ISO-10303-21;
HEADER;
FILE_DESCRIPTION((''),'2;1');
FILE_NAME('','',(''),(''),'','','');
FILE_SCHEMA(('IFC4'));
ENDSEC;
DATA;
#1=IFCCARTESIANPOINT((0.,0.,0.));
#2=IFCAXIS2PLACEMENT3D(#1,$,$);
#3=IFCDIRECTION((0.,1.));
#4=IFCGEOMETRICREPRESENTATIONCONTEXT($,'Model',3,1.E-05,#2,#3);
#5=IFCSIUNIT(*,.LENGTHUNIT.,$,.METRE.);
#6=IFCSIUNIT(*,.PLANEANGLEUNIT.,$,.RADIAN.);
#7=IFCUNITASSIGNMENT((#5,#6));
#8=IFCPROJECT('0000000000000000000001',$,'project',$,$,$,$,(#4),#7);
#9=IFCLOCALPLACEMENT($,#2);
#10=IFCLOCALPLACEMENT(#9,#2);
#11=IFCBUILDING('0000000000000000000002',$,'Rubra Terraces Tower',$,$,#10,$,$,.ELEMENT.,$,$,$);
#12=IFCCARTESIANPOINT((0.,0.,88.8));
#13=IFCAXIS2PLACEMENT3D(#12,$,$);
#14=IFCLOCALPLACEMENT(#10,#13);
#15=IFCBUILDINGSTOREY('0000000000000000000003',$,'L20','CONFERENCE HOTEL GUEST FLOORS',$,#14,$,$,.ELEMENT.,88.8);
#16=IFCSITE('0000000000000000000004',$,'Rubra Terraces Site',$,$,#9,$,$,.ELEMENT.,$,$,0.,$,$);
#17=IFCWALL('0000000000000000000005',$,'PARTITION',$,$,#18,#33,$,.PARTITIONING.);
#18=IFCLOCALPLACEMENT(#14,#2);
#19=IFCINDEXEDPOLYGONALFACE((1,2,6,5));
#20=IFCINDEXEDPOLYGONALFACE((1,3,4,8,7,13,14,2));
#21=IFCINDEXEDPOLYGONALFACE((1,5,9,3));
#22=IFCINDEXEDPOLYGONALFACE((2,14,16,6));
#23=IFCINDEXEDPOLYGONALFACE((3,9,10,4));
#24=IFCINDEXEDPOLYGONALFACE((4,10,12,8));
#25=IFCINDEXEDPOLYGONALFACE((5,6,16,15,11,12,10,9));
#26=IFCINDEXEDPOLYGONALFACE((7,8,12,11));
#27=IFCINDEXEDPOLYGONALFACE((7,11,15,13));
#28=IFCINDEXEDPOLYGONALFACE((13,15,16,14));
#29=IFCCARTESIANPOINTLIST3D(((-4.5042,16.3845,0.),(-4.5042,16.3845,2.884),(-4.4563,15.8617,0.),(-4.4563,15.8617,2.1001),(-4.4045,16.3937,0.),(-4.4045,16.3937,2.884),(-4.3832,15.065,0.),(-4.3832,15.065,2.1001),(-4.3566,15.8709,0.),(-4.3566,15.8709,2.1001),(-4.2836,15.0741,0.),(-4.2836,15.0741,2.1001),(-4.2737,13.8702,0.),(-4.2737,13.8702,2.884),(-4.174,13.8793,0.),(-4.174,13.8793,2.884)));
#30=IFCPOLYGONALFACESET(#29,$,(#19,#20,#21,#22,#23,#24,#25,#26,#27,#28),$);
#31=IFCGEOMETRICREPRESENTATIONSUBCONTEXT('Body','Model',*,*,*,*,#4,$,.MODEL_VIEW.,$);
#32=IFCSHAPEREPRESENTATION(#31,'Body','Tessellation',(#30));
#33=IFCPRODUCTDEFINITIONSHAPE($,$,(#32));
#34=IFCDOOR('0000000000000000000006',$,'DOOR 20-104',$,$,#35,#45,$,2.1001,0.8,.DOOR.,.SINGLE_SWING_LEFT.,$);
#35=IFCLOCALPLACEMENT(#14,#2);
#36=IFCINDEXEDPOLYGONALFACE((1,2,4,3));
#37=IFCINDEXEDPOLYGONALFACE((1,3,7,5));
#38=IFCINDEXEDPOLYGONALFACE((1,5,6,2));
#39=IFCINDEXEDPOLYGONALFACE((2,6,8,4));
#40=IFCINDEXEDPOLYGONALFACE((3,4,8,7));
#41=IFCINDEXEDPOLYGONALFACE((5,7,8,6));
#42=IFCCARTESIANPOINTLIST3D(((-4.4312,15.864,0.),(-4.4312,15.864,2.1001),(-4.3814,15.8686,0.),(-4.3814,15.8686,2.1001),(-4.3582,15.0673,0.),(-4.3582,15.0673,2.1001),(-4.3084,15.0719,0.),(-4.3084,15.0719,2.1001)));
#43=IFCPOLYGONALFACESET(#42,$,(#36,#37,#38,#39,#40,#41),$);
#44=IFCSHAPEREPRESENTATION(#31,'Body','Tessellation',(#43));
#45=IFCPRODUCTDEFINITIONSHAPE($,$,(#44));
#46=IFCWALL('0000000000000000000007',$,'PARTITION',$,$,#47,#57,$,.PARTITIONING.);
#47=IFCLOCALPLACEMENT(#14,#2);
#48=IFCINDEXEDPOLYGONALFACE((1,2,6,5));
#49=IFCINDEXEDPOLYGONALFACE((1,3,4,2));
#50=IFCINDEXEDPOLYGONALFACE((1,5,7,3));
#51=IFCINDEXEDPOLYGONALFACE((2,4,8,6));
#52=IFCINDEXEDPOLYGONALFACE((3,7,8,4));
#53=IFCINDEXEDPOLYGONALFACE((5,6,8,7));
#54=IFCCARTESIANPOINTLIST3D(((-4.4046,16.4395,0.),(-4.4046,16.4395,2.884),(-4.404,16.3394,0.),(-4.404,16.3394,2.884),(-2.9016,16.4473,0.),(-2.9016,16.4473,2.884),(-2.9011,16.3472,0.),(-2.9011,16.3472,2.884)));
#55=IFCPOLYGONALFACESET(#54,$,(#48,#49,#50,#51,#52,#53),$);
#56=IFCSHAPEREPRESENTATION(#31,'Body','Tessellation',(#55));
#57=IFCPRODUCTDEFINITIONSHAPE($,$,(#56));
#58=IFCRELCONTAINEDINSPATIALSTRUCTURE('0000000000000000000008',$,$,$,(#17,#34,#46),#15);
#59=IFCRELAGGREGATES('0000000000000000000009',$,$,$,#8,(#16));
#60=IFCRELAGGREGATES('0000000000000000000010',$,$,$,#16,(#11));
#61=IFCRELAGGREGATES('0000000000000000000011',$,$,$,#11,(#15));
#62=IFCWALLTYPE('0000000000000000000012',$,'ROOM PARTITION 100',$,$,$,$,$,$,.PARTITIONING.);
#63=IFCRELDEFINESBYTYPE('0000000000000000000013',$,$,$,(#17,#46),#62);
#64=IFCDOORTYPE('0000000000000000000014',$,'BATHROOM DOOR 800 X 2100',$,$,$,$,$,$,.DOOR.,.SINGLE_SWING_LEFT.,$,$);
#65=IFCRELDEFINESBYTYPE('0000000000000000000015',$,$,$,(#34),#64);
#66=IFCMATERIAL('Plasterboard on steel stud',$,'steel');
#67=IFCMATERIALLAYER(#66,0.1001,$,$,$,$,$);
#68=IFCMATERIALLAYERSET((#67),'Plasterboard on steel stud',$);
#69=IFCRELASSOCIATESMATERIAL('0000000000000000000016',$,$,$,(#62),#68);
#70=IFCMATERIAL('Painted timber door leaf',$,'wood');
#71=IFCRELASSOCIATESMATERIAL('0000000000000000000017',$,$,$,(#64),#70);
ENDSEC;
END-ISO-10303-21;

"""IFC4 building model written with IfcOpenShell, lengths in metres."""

from ifc_helpers import new_model, si_unit, direction, frame, frame_2d, origin, place, context, subcontext, project, spatial, rectangle, extrude, material, layer, layer_set, type_object, element, fill, save


model = new_model("IFC4")

# Units and contexts
model_context = context("Model", 3, precision=1e-05, world=origin(), true_north=direction((0.0, 1.0)))
body_context = subcontext(model_context, "Body", "Model", "MODEL_VIEW")
ifc_project = project(units=[si_unit("LENGTHUNIT", "METRE"), si_unit("PLANEANGLEUNIT", "RADIAN")], contexts=[model_context])

# Site, building, storey
site_placement = place(None, origin())
site = spatial("IfcSite", under=ifc_project, at=site_placement, Name="Rubra Terraces Site", CompositionType="ELEMENT", RefElevation=0.0)
building_placement = place(site_placement, origin())
building = spatial("IfcBuilding", under=site, at=building_placement, Name="Rubra Terraces Tower", CompositionType="ELEMENT")
storey_placement = place(building_placement, frame((0.0, 0.0, 88.8)))
storey = spatial("IfcBuildingStorey", under=building, at=storey_placement, Name="L20", Description="CONFERENCE HOTEL GUEST FLOORS", CompositionType="ELEMENT", Elevation=88.8)

# Wall, opening, door
ifc_material_1 = material(Name="Plasterboard on steel stud", Category="steel")
ifc_layer_1 = layer(ifc_material_1, 0.1001)
ifc_layer_set_1 = layer_set([ifc_layer_1], Name="Plasterboard on steel stud")
wall_type_1 = type_object("IfcWallType", Name="ROOM PARTITION 100", PredefinedType="PARTITIONING", material=ifc_layer_set_1)
wall_1_placement = place(storey_placement, frame((-4.2239, 13.8748, 0.0), z_axis=(0.0, 0.0, 1.0), x_axis=(-0.091277, 0.995826, 0.0)))
wall_1 = element("IfcWall", 1, at=wall_1_placement, inside=storey, type_object=wall_type_1, Name="PARTITION", PredefinedType="PARTITIONING", context=body_context, shape_type="SweptSolid", body=[
    extrude(rectangle(XDim=2.5249, YDim=0.1001, at=frame_2d((1.2625, 0.0))), origin(), (0.0, 0.0, 1.0), 2.884),
])
opening_1_placement = place(wall_1_placement, frame((1.2, 0.0, 0.0)))
opening_1 = element("IfcOpeningElement", 2, at=opening_1_placement, cuts=wall_1, PredefinedType="OPENING", context=body_context, shape_type="SweptSolid", body=[
    extrude(rectangle(XDim=0.8, YDim=2.1001, at=frame_2d((0.3999, 1.05))), frame((0.0, 0.0601, 0.0), z_axis=(0.0, -1.0, 0.0), x_axis=(1.0, 0.0, 0.0)), (0.0, 0.0, 1.0), 0.1201),
])
ifc_material_2 = material(Name="Painted timber door leaf", Category="wood")
door_type_1 = type_object("IfcDoorType", Name="BATHROOM DOOR 800 X 2100", OperationType="SINGLE_SWING_LEFT", PredefinedType="DOOR", material=ifc_material_2)
door_1_placement = place(opening_1_placement, origin())
door_1 = element("IfcDoor", 3, at=door_1_placement, inside=storey, type_object=door_type_1, Name="DOOR 20-104", OperationType="SINGLE_SWING_LEFT", OverallHeight=2.1001, OverallWidth=0.8, PredefinedType="DOOR", context=body_context, shape_type="SweptSolid", body=[
    extrude(rectangle(XDim=0.8, YDim=2.1001, at=frame_2d((0.3999, 1.05))), frame((0.0, 0.0249, 0.0), z_axis=(0.0, -1.0, 0.0), x_axis=(1.0, 0.0, 0.0)), (0.0, 0.0, 1.0), 0.05),
])
fill(opening_1, door_1)

# Wall
wall_2_placement = place(storey_placement, frame((-4.4043, 16.3894, 0.0), z_axis=(0.0, 0.0, 1.0), x_axis=(0.999986, 0.005198, 0.0)))
element("IfcWall", 4, at=wall_2_placement, inside=storey, type_object=wall_type_1, Name="PARTITION", PredefinedType="PARTITIONING", context=body_context, shape_type="SweptSolid", body=[
    extrude(rectangle(XDim=1.5029, YDim=0.1001, at=frame_2d((0.7515, 0.0))), origin(), (0.0, 0.0, 1.0), 2.884),
])

save(model, "model.ifc")
